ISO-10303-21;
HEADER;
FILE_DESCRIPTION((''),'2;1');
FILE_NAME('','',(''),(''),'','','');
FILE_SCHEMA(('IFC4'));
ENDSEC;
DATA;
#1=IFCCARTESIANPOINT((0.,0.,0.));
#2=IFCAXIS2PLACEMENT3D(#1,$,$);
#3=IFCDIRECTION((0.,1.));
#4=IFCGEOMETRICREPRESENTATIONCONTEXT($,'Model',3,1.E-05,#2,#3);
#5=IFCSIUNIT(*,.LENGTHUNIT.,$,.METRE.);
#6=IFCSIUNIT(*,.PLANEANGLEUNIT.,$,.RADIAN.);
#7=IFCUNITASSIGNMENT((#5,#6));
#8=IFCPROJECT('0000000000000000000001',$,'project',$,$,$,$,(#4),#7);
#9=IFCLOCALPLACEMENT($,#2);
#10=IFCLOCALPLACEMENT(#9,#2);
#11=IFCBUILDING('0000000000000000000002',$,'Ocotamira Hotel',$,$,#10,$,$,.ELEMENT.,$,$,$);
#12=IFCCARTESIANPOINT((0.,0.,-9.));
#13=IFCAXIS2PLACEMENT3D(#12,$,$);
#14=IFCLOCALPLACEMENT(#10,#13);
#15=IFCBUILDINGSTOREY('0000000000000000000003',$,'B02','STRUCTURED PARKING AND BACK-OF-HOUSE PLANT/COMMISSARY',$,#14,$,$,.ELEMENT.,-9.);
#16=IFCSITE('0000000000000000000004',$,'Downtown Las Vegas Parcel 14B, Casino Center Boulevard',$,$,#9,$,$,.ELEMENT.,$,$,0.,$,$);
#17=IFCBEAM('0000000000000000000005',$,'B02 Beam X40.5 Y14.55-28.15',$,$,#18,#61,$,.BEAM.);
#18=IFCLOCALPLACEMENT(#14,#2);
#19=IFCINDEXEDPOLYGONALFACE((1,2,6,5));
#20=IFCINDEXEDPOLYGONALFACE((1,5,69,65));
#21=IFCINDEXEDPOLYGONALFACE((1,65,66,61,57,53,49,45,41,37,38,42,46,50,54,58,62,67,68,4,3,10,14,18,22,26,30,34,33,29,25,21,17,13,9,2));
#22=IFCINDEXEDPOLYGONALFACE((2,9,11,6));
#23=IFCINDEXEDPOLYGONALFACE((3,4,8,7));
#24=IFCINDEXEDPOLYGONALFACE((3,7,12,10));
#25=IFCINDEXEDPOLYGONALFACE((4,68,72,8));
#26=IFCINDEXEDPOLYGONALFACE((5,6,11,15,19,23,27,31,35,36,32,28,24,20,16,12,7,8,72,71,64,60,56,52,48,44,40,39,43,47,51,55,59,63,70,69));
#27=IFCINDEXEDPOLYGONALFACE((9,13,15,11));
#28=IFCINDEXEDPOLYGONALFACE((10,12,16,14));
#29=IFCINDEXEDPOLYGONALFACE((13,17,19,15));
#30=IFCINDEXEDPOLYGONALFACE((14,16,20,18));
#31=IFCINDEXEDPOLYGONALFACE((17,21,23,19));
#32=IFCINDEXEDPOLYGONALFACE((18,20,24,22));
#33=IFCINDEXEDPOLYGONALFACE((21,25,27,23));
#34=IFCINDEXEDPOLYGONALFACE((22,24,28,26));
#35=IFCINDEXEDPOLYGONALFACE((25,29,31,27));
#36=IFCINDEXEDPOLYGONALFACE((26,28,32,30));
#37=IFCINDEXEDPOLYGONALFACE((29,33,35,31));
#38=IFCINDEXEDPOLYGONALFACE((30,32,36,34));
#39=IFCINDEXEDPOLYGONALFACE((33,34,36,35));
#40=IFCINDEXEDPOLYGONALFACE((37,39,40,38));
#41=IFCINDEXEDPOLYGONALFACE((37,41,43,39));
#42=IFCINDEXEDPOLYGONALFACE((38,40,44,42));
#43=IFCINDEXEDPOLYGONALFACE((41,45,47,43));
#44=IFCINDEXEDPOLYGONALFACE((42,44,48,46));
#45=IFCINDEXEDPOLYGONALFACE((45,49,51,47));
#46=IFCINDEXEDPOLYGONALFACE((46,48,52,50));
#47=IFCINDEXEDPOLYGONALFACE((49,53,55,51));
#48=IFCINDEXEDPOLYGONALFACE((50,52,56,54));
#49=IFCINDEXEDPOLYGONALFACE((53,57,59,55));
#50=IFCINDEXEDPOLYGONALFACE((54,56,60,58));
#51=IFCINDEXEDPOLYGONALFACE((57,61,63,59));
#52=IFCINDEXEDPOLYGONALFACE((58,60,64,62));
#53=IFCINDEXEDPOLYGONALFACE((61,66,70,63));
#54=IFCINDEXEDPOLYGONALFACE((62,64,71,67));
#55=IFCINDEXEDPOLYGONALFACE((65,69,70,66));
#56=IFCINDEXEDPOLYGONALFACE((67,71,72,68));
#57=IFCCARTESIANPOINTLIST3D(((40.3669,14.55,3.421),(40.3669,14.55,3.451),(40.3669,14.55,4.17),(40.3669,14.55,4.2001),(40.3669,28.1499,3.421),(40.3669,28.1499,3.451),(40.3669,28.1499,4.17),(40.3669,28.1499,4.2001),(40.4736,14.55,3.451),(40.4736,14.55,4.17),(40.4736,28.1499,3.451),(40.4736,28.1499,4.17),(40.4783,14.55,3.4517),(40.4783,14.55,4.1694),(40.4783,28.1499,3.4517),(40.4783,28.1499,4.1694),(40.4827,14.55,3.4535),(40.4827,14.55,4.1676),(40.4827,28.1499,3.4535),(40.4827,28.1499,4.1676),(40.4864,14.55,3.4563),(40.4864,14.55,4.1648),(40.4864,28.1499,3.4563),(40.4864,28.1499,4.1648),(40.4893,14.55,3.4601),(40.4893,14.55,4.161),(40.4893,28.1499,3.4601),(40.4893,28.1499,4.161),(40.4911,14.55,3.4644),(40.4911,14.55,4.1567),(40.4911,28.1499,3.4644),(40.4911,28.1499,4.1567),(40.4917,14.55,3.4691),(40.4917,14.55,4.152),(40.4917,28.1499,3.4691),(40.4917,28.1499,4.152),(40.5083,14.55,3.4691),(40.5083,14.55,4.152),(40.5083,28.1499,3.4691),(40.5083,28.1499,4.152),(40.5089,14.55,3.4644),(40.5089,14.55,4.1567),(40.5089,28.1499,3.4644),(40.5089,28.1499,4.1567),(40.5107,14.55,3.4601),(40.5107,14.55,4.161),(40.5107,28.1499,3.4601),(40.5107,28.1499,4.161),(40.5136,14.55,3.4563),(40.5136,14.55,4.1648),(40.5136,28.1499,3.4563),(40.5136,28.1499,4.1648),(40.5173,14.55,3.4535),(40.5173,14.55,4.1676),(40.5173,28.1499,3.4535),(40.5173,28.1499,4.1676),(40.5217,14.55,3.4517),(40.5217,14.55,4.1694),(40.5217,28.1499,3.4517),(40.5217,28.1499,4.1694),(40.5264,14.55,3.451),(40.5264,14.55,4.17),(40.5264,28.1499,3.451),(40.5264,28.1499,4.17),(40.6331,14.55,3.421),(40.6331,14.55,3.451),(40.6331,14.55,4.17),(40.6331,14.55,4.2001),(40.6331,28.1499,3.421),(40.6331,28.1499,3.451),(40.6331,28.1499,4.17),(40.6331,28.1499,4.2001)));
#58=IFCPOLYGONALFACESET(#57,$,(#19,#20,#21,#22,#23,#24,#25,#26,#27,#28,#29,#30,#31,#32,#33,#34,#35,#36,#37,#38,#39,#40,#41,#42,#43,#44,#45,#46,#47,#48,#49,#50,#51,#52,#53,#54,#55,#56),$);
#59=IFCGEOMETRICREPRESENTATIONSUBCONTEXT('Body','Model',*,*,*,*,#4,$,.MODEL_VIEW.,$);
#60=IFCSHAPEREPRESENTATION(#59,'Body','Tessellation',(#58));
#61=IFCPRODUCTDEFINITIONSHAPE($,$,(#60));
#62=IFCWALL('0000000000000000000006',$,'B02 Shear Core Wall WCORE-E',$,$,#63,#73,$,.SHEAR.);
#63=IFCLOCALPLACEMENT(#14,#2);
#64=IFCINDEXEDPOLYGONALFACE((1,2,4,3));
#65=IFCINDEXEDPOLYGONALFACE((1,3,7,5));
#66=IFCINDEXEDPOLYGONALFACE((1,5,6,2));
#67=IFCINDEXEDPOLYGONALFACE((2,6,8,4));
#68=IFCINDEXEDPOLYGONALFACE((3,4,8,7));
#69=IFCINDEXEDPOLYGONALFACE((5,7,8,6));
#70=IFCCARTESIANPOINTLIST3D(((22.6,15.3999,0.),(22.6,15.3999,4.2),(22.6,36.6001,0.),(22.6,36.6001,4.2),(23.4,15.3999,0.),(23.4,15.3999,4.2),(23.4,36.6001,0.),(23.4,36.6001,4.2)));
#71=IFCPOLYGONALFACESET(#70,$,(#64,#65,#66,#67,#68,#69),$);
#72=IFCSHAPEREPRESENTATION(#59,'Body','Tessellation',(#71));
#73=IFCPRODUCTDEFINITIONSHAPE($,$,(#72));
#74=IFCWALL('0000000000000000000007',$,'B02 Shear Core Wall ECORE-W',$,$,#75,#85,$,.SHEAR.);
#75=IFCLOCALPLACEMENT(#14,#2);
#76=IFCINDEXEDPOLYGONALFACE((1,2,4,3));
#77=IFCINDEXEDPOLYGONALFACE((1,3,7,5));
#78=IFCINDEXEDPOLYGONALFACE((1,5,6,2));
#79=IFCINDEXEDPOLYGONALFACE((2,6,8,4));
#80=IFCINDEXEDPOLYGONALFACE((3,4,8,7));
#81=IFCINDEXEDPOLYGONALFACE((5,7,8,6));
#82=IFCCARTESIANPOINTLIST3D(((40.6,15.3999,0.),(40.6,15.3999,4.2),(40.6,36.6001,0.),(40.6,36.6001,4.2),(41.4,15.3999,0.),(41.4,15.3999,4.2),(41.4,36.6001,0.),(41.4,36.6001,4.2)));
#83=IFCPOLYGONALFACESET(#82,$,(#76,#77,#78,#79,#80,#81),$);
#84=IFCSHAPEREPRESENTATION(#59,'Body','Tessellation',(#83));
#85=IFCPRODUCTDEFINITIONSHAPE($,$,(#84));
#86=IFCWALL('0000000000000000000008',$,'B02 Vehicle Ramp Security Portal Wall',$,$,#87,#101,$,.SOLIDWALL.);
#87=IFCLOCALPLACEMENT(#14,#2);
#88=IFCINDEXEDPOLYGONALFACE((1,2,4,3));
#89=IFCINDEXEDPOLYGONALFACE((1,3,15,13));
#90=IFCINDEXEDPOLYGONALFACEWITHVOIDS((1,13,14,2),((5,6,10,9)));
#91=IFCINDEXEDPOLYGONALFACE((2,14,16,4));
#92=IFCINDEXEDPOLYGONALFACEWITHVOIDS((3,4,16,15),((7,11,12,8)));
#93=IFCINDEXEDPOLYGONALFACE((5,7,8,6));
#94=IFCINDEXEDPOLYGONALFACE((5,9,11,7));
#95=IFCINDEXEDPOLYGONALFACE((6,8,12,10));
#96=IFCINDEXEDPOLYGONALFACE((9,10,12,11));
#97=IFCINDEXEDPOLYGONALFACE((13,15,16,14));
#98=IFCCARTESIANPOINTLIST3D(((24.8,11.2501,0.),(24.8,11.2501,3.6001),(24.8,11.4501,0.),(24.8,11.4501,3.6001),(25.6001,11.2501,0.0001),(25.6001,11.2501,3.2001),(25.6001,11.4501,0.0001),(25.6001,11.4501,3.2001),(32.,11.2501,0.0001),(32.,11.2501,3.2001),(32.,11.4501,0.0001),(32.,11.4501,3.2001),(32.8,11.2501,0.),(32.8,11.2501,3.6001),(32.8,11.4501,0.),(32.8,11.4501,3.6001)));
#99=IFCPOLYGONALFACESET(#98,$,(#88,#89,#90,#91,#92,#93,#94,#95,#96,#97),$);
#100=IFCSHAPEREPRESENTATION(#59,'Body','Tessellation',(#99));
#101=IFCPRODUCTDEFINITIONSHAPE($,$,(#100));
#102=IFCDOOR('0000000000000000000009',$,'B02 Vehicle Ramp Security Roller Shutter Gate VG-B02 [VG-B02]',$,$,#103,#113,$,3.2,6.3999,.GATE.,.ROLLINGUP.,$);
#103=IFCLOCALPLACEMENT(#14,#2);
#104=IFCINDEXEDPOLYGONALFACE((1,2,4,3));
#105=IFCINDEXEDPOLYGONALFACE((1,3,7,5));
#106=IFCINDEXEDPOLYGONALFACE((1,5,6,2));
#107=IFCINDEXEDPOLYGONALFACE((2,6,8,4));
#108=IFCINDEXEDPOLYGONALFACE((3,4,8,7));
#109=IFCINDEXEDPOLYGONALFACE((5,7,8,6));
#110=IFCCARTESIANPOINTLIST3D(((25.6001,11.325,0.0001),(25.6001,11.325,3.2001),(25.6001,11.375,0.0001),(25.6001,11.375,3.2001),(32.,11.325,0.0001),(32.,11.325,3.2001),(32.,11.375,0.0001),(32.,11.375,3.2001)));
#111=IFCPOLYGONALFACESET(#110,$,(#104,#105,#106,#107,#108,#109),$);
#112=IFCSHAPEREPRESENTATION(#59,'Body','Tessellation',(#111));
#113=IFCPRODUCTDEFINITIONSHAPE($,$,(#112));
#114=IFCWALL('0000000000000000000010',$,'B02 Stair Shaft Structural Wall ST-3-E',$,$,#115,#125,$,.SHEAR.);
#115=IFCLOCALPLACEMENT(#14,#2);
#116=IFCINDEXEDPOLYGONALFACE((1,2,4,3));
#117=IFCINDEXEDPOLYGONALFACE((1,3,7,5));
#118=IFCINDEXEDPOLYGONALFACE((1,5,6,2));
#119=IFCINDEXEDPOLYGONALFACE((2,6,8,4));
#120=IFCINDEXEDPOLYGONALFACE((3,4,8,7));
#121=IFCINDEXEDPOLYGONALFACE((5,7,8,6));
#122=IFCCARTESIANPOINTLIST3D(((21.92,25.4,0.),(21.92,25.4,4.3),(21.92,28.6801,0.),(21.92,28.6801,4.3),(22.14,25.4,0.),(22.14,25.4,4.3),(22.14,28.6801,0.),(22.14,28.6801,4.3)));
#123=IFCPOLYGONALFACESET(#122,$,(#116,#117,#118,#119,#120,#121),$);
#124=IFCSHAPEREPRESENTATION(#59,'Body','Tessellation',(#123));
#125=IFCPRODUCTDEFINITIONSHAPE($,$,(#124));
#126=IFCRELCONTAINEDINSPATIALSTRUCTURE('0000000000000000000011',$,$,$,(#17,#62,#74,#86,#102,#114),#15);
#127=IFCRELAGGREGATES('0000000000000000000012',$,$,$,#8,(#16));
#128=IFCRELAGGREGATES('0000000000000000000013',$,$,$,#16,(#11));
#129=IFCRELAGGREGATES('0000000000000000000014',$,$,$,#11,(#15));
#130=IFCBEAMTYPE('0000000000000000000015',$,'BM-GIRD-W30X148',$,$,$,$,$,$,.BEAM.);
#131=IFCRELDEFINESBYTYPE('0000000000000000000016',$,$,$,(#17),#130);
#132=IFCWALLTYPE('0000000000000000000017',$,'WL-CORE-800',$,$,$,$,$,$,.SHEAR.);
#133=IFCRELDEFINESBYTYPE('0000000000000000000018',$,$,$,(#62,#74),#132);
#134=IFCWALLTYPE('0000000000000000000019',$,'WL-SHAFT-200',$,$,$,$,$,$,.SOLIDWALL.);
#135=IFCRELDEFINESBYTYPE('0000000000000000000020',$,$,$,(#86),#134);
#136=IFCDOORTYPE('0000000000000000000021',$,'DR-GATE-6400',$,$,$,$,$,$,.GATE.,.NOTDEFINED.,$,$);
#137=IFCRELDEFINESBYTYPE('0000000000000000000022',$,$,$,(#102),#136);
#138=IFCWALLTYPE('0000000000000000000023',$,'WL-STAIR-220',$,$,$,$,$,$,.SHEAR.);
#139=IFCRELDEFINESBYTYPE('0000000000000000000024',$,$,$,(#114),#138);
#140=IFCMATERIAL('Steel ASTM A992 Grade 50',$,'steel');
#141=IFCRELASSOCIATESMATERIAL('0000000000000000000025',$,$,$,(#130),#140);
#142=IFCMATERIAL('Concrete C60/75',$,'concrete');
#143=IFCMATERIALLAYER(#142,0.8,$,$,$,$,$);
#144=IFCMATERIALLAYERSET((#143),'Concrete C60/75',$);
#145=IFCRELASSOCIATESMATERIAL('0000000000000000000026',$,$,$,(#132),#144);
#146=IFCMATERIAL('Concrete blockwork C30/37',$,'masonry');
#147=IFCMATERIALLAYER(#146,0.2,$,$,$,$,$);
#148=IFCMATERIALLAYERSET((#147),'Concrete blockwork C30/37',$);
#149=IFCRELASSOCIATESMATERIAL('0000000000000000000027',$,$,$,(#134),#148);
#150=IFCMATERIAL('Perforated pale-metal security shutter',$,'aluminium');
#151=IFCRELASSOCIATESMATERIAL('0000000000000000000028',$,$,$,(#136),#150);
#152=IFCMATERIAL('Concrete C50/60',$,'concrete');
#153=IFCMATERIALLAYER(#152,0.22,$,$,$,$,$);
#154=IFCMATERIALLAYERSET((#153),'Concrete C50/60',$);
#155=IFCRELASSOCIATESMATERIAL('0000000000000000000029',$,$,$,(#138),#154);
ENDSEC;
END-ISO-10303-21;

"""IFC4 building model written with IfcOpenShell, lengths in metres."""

from ifc_helpers import new_model, si_unit, direction, frame, frame_2d, origin, origin_2d, place, context, subcontext, project, spatial, rectangle, i_section, extrude, source, transform, mapped, material, layer, layer_set, material_profile, profile_set, type_object, element, fill, save


model = new_model("IFC4")

# Units and contexts
model_context = context("Model", 3, precision=1e-05, world=origin(), true_north=direction((0.0, 1.0)))
body_context = subcontext(model_context, "Body", "Model", "MODEL_VIEW")
ifc_project = project(units=[si_unit("LENGTHUNIT", "METRE"), si_unit("PLANEANGLEUNIT", "RADIAN")], contexts=[model_context])

# Site, building, storey
site_placement = place(None, origin())
site = spatial("IfcSite", under=ifc_project, at=site_placement, Name="Downtown Las Vegas Parcel 14B, Casino Center Boulevard", CompositionType="ELEMENT", RefElevation=0.0)
building_placement = place(site_placement, origin())
building = spatial("IfcBuilding", under=site, at=building_placement, Name="Ocotamira Hotel", CompositionType="ELEMENT")
storey_placement = place(building_placement, frame((0.0, 0.0, -9.0)))
storey = spatial("IfcBuildingStorey", under=building, at=storey_placement, Name="B02", Description="STRUCTURED PARKING AND BACK-OF-HOUSE PLANT/COMMISSARY", CompositionType="ELEMENT", Elevation=-9.0)

# Shared definitions
ifc_material_1 = material(Name="Concrete C50/60", Category="concrete")

# Shared definitions
ifc_material_2 = material(Name="Concrete C60/75", Category="concrete")

# Beam
ifc_material_3 = material(Name="Steel ASTM A992 Grade 50", Category="steel")
ifc_material_profile_1 = material_profile(ifc_material_3, i_section(OverallWidth=0.2661, OverallDepth=0.7791, WebThickness=0.0166, FlangeThickness=0.03, FilletRadius=0.0181, at=origin_2d()), Name="W30X148")
ifc_profile_set_1 = profile_set([ifc_material_profile_1], Name="Steel ASTM A992 Grade 50")
beam_type_1 = type_object("IfcBeamType", Name="BM-GIRD-W30X148", PredefinedType="BEAM", material=ifc_profile_set_1)
shared_shape_1 = source(origin(), body_context, "Body", "SweptSolid", [
    extrude(i_section(OverallWidth=0.2661, OverallDepth=0.7791, WebThickness=0.0166, FlangeThickness=0.03, FilletRadius=0.0181, at=origin_2d()), origin(), (0.0, 0.0, 1.0), 13.5999),
])
for number, where, z_axis, x_axis, name in (
    (1, (40.5, 14.55, 3.8105), (0.0, 1.0, 0.0), (-1.0, 0.0, 0.0), "B02 Beam X40.5 Y14.55-28.15"),
):
    element("IfcBeam", number, at=place(storey_placement, frame(where, z_axis=z_axis, x_axis=x_axis)), inside=storey, type_object=beam_type_1, Name=name, PredefinedType="BEAM", context=body_context, shape_type="MappedRepresentation", body=[
        mapped(shared_shape_1, transform((0.0, 0.0, 0.0), scale=1.0)),
    ])

# Wall
ifc_layer_1 = layer(ifc_material_2, 0.8)
ifc_layer_set_1 = layer_set([ifc_layer_1], Name="Concrete C60/75")
wall_type_1 = type_object("IfcWallType", Name="WL-CORE-800", PredefinedType="SHEAR", material=ifc_layer_set_1)
wall_1_placement = place(storey_placement, frame((23.0, 15.3999, 0.0), z_axis=(0.0, 0.0, 1.0), x_axis=(0.0, 1.0, 0.0)))
element("IfcWall", 2, at=wall_1_placement, inside=storey, type_object=wall_type_1, Name="B02 Shear Core Wall WCORE-E", PredefinedType="SHEAR", context=body_context, shape_type="SweptSolid", body=[
    extrude(rectangle(XDim=21.2002, YDim=0.8, at=frame_2d((10.6001, 0.0))), origin(), (0.0, 0.0, 1.0), 4.2),
])

# Wall
wall_2_placement = place(storey_placement, frame((41.0, 15.3999, 0.0), z_axis=(0.0, 0.0, 1.0), x_axis=(0.0, 1.0, 0.0)))
element("IfcWall", 3, at=wall_2_placement, inside=storey, type_object=wall_type_1, Name="B02 Shear Core Wall ECORE-W", PredefinedType="SHEAR", context=body_context, shape_type="SweptSolid", body=[
    extrude(rectangle(XDim=21.2002, YDim=0.8, at=frame_2d((10.6001, 0.0))), origin(), (0.0, 0.0, 1.0), 4.2),
])

# Wall, opening, door
ifc_material_4 = material(Name="Concrete blockwork C30/37", Category="masonry")
ifc_layer_2 = layer(ifc_material_4, 0.2)
ifc_layer_set_2 = layer_set([ifc_layer_2], Name="Concrete blockwork C30/37")
wall_type_2 = type_object("IfcWallType", Name="WL-SHAFT-200", PredefinedType="SOLIDWALL", material=ifc_layer_set_2)
wall_3_placement = place(storey_placement, frame((24.8, 11.3501, 0.0), z_axis=(0.0, 0.0, 1.0), x_axis=(1.0, 0.0, 0.0)))
wall_3 = element("IfcWall", 4, at=wall_3_placement, inside=storey, type_object=wall_type_2, Name="B02 Vehicle Ramp Security Portal Wall", PredefinedType="SOLIDWALL", context=body_context, shape_type="SweptSolid", body=[
    extrude(rectangle(XDim=8.0, YDim=0.2, at=frame_2d((4.0, 0.0))), origin(), (0.0, 0.0, 1.0), 3.6001),
])
opening_1_placement = place(wall_3_placement, frame((0.8, 0.0, 0.0)))
opening_1 = element("IfcOpeningElement", 5, at=opening_1_placement, cuts=wall_3, PredefinedType="OPENING", context=body_context, shape_type="SweptSolid", body=[
    extrude(rectangle(XDim=6.3999, YDim=3.2, at=frame_2d((3.2, 1.6001))), frame((0.0, 0.1099, 0.0), z_axis=(0.0, -1.0, 0.0), x_axis=(1.0, 0.0, 0.0)), (0.0, 0.0, 1.0), 0.22),
])
ifc_material_5 = material(Name="Perforated pale-metal security shutter", Category="aluminium")
door_type_1 = type_object("IfcDoorType", Name="DR-GATE-6400", OperationType="NOTDEFINED", PredefinedType="GATE", material=ifc_material_5)
shared_shape_2 = source(origin(), body_context, "Body", "SweptSolid", [
    extrude(rectangle(XDim=6.3999, YDim=3.2, at=frame_2d((3.2, 1.6001))), frame((0.0, 0.0249, 0.0), z_axis=(0.0, -1.0, 0.0), x_axis=(1.0, 0.0, 0.0)), (0.0, 0.0, 1.0), 0.05),
])
door_1_placement = place(opening_1_placement, origin())
door_1 = element("IfcDoor", 6, at=door_1_placement, inside=storey, type_object=door_type_1, Name="B02 Vehicle Ramp Security Roller Shutter Gate VG-B02 [VG-B02]", OperationType="ROLLINGUP", OverallHeight=3.2, OverallWidth=6.3999, PredefinedType="GATE", context=body_context, shape_type="MappedRepresentation", body=[
    mapped(shared_shape_2, transform((0.0, 0.0, 0.0), scale=1.0)),
])
fill(opening_1, door_1)

# Wall
ifc_layer_3 = layer(ifc_material_1, 0.22)
ifc_layer_set_3 = layer_set([ifc_layer_3], Name="Concrete C50/60")
wall_type_3 = type_object("IfcWallType", Name="WL-STAIR-220", PredefinedType="SHEAR", material=ifc_layer_set_3)
wall_4_placement = place(storey_placement, frame((22.03, 25.3999, 0.0), z_axis=(0.0, 0.0, 1.0), x_axis=(0.0, 1.0, 0.0)))
element("IfcWall", 7, at=wall_4_placement, inside=storey, type_object=wall_type_3, Name="B02 Stair Shaft Structural Wall ST-3-E", PredefinedType="SHEAR", context=body_context, shape_type="SweptSolid", body=[
    extrude(rectangle(XDim=3.28, YDim=0.22, at=frame_2d((1.6401, 0.0))), origin(), (0.0, 0.0, 1.0), 4.3),
])

save(model, "model.ifc")
